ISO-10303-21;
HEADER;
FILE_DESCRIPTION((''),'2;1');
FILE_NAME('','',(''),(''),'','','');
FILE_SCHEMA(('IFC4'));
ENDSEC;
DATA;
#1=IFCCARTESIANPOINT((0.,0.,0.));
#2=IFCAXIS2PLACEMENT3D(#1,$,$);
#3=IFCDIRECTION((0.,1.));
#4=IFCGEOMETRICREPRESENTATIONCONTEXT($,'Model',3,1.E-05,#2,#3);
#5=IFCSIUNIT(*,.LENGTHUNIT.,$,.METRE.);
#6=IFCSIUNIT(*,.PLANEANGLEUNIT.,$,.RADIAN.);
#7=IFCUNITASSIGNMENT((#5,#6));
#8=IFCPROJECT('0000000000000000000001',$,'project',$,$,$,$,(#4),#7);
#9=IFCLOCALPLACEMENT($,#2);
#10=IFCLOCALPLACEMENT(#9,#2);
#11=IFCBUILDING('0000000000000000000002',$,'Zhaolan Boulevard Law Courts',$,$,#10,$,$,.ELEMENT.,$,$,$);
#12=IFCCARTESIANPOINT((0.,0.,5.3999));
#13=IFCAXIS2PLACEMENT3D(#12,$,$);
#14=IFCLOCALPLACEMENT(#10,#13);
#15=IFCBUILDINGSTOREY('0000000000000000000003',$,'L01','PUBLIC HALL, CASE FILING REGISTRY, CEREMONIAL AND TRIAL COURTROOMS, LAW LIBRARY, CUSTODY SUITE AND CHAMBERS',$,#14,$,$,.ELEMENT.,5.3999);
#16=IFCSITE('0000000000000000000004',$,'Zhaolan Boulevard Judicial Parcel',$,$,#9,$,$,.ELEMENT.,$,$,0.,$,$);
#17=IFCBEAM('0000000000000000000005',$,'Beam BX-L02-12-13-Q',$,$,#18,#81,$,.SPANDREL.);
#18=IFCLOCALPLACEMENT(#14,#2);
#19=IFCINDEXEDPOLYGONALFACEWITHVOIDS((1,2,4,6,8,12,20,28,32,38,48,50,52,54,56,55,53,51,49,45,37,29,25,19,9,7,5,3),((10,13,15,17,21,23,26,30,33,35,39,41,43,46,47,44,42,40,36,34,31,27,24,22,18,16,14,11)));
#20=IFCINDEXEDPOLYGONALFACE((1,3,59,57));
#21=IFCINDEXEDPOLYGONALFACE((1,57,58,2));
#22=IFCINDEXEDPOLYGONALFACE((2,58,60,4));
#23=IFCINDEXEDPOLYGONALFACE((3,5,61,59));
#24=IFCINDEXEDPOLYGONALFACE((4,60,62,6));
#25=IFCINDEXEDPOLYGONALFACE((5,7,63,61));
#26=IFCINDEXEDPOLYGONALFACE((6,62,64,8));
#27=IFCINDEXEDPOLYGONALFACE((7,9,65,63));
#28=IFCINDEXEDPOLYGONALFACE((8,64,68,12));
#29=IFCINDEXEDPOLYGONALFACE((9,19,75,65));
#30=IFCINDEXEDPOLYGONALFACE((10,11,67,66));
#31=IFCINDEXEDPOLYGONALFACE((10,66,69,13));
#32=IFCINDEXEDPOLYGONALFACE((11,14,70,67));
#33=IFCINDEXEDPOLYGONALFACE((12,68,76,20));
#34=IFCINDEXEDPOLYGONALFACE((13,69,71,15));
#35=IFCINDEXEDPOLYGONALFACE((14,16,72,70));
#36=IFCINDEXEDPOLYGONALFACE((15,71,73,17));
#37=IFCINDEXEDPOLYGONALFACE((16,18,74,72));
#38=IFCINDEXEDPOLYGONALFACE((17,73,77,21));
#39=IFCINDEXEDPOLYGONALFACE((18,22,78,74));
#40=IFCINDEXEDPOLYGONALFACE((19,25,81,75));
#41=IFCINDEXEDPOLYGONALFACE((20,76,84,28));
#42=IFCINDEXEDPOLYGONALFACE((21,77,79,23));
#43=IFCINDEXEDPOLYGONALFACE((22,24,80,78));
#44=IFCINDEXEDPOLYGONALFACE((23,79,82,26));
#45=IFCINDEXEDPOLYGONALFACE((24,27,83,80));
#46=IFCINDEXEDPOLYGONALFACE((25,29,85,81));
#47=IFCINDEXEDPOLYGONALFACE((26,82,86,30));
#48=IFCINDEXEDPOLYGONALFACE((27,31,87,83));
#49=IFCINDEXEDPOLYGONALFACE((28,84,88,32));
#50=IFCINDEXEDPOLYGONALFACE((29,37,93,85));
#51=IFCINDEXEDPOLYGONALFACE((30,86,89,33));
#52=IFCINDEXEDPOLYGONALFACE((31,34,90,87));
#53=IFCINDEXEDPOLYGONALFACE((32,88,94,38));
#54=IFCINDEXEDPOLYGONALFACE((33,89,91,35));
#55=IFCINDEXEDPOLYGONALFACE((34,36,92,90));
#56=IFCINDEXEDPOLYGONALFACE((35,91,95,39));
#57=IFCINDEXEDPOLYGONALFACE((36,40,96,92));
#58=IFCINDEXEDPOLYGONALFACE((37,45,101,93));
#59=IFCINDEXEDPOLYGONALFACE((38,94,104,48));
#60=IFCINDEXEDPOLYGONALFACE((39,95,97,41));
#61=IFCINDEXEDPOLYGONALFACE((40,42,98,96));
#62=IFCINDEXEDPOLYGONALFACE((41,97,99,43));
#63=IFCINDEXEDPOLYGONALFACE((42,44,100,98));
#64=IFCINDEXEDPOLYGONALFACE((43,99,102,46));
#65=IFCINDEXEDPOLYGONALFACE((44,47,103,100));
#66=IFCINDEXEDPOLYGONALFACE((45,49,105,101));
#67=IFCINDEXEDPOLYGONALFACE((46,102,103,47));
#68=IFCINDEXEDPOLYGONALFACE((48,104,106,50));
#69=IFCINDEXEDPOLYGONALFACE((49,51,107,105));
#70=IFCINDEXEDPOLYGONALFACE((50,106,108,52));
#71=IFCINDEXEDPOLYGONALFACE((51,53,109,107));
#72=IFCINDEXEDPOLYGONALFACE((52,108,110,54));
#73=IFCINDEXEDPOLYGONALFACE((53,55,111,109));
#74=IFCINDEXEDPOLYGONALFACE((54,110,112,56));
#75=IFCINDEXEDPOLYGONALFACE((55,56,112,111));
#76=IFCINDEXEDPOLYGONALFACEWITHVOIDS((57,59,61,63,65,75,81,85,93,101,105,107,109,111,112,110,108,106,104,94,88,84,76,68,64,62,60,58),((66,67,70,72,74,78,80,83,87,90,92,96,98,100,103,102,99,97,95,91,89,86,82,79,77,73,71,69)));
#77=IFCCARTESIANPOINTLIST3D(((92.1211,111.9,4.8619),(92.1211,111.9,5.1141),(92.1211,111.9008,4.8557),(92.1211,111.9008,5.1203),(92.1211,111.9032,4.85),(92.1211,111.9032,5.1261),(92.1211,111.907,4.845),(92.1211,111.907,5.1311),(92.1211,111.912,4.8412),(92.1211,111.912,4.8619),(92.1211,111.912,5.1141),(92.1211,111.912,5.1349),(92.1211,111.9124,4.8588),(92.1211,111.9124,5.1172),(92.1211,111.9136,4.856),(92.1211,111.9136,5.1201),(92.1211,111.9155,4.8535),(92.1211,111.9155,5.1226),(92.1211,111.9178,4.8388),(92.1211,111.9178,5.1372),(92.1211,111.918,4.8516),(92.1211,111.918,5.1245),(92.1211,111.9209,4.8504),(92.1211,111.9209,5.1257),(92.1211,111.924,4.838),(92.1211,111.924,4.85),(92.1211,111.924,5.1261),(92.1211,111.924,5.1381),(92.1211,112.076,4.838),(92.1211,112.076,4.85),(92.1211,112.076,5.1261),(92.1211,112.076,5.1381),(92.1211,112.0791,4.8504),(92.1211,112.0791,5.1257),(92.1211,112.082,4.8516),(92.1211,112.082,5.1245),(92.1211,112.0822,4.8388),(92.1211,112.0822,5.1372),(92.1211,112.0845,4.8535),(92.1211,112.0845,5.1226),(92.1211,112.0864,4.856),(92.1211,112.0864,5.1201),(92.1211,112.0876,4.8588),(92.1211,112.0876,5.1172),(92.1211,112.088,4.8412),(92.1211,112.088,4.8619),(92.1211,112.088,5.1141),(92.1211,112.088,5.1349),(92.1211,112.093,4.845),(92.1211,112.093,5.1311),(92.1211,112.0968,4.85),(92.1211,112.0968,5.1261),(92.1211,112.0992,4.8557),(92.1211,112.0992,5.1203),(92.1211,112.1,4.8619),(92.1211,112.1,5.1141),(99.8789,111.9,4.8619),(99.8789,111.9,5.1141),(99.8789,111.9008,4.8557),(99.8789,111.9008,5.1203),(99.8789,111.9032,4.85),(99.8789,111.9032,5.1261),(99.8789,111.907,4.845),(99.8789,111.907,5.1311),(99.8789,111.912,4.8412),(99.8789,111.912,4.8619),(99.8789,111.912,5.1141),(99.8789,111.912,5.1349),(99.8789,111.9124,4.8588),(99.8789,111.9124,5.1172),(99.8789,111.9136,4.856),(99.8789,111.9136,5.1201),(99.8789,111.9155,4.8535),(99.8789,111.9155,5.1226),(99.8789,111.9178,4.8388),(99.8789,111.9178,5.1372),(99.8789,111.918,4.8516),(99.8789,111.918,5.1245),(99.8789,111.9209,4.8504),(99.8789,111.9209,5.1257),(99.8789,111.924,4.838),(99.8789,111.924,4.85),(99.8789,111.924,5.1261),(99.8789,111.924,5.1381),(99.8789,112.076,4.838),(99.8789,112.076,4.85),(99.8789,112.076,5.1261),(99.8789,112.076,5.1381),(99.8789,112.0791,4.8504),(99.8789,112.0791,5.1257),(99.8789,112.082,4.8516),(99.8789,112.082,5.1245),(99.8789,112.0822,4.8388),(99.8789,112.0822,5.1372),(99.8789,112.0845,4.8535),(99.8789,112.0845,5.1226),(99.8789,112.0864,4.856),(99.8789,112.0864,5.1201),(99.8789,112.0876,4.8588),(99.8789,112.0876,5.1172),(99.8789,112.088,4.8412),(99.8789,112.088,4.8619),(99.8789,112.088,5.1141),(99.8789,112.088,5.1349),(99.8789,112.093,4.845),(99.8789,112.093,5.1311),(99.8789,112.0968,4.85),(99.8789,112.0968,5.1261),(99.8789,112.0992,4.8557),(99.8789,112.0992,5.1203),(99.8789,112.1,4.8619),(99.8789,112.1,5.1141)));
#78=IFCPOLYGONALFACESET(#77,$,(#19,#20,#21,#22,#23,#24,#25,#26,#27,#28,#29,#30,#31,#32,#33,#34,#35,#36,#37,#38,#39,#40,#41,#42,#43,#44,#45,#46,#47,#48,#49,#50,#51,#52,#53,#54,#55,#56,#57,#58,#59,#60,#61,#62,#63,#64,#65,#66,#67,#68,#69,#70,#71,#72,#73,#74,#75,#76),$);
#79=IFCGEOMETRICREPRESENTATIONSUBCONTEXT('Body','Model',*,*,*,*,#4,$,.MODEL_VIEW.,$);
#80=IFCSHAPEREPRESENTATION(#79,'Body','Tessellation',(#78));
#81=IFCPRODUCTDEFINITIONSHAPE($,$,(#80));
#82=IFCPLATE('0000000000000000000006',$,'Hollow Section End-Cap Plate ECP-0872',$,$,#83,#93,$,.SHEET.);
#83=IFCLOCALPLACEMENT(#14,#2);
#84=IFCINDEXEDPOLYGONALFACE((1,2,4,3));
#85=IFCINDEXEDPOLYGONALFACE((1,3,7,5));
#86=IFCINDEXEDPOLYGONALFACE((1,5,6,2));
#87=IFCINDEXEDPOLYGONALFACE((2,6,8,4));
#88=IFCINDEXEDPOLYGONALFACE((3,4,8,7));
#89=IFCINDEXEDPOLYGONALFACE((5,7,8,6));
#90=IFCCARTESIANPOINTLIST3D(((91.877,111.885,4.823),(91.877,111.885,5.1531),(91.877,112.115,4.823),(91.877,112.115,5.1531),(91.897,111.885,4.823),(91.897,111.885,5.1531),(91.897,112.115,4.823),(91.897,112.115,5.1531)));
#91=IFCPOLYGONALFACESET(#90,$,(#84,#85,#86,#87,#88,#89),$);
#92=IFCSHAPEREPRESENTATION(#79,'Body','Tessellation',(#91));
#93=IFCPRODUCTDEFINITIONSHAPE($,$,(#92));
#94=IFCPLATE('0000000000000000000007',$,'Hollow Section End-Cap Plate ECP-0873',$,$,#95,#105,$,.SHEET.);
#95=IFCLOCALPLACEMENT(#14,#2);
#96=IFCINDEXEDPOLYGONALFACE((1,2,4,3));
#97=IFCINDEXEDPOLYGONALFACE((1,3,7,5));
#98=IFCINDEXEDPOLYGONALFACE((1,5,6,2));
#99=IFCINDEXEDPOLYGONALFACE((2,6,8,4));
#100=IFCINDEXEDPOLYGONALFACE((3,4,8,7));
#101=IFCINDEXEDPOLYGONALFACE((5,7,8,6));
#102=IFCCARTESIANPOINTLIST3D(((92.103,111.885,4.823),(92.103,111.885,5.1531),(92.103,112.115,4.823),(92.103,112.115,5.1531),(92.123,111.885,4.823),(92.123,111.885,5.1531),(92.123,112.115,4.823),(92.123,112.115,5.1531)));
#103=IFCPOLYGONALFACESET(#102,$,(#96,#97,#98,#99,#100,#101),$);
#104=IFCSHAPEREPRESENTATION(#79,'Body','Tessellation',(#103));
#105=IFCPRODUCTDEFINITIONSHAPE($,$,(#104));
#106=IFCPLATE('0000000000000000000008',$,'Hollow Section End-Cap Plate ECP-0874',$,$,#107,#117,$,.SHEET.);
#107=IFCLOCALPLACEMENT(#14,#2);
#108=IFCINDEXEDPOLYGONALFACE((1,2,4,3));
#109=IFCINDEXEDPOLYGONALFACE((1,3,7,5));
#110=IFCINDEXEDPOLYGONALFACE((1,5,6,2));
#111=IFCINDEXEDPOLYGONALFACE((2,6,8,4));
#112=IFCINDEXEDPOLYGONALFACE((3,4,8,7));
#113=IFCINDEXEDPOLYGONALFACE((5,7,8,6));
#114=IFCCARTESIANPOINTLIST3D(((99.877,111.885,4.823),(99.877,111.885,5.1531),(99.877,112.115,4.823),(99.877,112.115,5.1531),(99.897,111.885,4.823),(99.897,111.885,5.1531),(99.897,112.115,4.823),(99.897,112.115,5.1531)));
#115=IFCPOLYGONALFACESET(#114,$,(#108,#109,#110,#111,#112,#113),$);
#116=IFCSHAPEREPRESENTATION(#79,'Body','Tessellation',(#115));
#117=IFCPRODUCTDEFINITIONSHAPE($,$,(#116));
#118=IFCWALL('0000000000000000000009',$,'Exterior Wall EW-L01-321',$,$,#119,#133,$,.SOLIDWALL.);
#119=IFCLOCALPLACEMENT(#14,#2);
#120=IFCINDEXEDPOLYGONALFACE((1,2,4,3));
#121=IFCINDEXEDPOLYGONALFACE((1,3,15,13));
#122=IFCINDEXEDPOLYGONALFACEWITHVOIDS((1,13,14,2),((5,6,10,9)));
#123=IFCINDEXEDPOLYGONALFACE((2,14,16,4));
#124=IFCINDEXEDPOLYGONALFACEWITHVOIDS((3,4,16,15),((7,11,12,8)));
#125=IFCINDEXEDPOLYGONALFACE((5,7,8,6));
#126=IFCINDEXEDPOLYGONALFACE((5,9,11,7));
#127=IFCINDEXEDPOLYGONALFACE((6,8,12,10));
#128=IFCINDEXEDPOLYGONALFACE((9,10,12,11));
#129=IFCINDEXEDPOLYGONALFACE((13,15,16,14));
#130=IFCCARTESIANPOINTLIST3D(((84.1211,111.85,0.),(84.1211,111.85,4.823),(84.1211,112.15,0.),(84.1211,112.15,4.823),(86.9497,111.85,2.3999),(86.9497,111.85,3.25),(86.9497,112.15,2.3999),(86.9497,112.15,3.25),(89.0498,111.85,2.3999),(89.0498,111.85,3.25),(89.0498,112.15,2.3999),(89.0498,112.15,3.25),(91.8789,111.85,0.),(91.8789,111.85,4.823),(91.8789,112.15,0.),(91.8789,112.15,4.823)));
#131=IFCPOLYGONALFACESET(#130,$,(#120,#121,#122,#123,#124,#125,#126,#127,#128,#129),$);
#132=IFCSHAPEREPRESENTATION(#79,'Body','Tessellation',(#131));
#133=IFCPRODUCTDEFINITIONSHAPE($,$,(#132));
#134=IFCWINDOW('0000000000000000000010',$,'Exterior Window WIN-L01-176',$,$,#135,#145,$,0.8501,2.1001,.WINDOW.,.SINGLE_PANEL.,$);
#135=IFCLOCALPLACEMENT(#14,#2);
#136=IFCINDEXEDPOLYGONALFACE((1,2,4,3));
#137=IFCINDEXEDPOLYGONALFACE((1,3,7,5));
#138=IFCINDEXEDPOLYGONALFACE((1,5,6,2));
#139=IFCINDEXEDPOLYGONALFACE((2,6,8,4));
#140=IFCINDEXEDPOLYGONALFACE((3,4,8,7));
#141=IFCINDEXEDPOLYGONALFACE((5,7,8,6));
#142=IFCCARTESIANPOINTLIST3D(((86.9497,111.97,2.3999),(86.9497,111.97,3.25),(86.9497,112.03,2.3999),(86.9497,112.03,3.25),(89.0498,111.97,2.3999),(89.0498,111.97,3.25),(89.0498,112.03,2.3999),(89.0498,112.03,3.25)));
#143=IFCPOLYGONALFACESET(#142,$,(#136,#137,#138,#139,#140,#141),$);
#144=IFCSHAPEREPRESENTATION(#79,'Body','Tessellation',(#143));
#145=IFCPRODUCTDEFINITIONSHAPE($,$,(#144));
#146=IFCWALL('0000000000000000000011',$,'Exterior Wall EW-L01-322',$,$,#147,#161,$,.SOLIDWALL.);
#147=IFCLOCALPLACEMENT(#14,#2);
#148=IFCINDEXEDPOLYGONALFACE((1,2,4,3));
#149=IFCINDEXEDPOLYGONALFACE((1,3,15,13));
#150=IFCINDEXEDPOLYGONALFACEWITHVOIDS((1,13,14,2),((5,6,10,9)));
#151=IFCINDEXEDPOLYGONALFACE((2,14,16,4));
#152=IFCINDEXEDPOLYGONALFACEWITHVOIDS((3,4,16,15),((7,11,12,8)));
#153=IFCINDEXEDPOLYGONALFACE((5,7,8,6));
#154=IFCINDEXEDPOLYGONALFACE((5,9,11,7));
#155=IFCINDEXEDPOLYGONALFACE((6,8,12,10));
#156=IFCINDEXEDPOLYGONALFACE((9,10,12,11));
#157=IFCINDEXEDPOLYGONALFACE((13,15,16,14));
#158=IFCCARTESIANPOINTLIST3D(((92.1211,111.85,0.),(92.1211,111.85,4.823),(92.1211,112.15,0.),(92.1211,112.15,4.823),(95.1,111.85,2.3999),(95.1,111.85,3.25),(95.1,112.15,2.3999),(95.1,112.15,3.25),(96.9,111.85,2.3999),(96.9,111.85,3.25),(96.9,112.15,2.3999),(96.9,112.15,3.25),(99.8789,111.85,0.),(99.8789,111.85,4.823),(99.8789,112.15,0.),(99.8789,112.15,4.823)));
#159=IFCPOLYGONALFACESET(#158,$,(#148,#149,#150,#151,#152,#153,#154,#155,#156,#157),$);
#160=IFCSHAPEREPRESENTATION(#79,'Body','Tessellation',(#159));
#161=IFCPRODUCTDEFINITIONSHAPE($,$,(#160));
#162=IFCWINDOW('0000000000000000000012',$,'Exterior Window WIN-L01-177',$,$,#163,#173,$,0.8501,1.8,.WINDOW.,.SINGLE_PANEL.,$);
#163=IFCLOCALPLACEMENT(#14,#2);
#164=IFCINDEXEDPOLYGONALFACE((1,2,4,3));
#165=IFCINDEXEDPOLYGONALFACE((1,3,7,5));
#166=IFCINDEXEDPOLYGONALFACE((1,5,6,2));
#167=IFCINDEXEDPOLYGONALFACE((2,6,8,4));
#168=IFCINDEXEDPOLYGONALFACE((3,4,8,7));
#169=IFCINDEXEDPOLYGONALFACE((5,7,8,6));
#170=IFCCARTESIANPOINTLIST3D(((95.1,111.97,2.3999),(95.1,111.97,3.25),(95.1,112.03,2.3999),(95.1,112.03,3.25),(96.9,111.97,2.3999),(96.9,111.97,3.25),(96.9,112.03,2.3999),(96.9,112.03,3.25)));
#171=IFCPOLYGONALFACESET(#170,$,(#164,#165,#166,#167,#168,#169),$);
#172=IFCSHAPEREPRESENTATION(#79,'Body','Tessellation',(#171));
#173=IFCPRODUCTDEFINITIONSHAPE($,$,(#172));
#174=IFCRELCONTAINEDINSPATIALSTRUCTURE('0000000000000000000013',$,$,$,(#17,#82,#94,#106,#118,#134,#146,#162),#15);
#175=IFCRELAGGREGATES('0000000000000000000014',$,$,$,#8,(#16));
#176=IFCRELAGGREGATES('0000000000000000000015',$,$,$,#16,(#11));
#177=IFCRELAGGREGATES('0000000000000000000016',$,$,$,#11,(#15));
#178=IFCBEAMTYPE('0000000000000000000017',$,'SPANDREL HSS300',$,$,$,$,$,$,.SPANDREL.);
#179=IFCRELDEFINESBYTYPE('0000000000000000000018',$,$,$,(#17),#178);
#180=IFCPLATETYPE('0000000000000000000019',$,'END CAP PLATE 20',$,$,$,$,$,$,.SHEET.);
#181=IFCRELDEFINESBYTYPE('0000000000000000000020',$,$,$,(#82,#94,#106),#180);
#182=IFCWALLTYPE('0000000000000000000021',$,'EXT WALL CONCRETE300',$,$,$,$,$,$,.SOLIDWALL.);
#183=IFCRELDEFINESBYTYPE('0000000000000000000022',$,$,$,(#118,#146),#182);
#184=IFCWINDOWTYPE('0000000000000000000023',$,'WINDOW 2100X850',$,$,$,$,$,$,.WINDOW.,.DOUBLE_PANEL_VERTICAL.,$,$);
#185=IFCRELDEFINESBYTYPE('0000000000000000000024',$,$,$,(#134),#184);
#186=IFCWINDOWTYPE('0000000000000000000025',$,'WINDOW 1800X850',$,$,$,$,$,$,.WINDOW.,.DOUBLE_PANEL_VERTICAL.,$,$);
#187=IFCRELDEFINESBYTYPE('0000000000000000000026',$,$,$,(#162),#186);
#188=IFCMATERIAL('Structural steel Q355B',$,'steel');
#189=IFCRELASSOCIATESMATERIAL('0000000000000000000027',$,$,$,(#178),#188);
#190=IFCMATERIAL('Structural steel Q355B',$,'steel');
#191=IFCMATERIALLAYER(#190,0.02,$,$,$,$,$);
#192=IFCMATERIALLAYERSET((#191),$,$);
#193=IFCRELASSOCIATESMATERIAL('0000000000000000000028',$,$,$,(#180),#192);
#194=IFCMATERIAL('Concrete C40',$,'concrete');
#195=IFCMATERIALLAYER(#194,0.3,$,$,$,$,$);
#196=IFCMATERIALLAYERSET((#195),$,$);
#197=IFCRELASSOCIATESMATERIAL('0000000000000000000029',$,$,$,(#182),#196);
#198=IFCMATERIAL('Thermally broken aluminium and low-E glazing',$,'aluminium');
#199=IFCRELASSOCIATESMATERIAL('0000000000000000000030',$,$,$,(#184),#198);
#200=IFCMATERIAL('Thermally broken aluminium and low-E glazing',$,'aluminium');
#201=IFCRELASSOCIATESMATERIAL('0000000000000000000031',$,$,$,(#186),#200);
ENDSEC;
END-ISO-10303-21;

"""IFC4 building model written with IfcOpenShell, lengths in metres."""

from ifc_helpers import new_model, si_unit, direction, frame, frame_2d, origin, origin_2d, place, context, subcontext, project, spatial, rectangle, hollow_rectangle, extrude, material, layer, layer_set, material_profile, profile_set, type_object, element, fill, save


model = new_model("IFC4")

# Units and contexts
model_context = context("Model", 3, precision=1e-05, world=origin(), true_north=direction((0.0, 1.0)))
body_context = subcontext(model_context, "Body", "Model", "MODEL_VIEW")
ifc_project = project(units=[si_unit("LENGTHUNIT", "METRE"), si_unit("PLANEANGLEUNIT", "RADIAN")], contexts=[model_context])

# Site, building, storey
site_placement = place(None, origin())
site = spatial("IfcSite", under=ifc_project, at=site_placement, Name="Zhaolan Boulevard Judicial Parcel", CompositionType="ELEMENT", RefElevation=0.0)
building_placement = place(site_placement, origin())
building = spatial("IfcBuilding", under=site, at=building_placement, Name="Zhaolan Boulevard Law Courts", CompositionType="ELEMENT")
storey_placement = place(building_placement, frame((0.0, 0.0, 5.3999)))
storey = spatial("IfcBuildingStorey", under=building, at=storey_placement, Name="L01", Description="PUBLIC HALL, CASE FILING REGISTRY, CEREMONIAL AND TRIAL COURTROOMS, LAW LIBRARY, CUSTODY SUITE AND CHAMBERS", CompositionType="ELEMENT", Elevation=5.3999)

# Beam
ifc_material_1 = material(Name="Structural steel Q355B", Category="steel")
ifc_material_profile_1 = material_profile(ifc_material_1, hollow_rectangle(XDim=0.2, YDim=0.3, WallThickness=0.012, InnerFilletRadius=0.012, OuterFilletRadius=0.0239, at=origin_2d()), Name="HSS300x200x12")
ifc_profile_set_1 = profile_set([ifc_material_profile_1], Name="Structural steel Q355B")
beam_type_1 = type_object("IfcBeamType", Name="SPANDREL HSS300", PredefinedType="SPANDREL", material=ifc_profile_set_1)
beam_1_placement = place(storey_placement, frame((92.1211, 112.0, 4.988), z_axis=(1.0, 0.0, 0.0), x_axis=(0.0, 1.0, 0.0)))
element("IfcBeam", 1, at=beam_1_placement, inside=storey, type_object=beam_type_1, Name="Beam BX-L02-12-13-Q", PredefinedType="SPANDREL", context=body_context, shape_type="SweptSolid", body=[
    extrude(hollow_rectangle(XDim=0.2, YDim=0.3, WallThickness=0.012, InnerFilletRadius=0.012, OuterFilletRadius=0.0239, at=origin_2d()), origin(), (0.0, 0.0, 1.0), 7.7578),
])

# Plates
ifc_material_2 = material(Name="Structural steel Q355B", Category="steel")
ifc_layer_1 = layer(ifc_material_2, 0.02)
ifc_layer_set_1 = layer_set([ifc_layer_1])
plate_type = type_object("IfcPlateType", Name="END CAP PLATE 20", PredefinedType="SHEET", material=ifc_layer_set_1)
for number, where, z_axis, x_axis, name in (
    (2, (91.887, 112.0, 4.823), (0.0, 0.0, 1.0), (1.0, 0.0, 0.0), "Hollow Section End-Cap Plate ECP-0872"),
    (3, (92.113, 112.0, 4.823), (0.0, 0.0, 1.0), (1.0, 0.0, 0.0), "Hollow Section End-Cap Plate ECP-0873"),
    (4, (99.887, 112.0, 4.823), (0.0, 0.0, 1.0), (1.0, 0.0, 0.0), "Hollow Section End-Cap Plate ECP-0874"),
):
    element("IfcPlate", number, at=place(storey_placement, frame(where, z_axis=z_axis, x_axis=x_axis)), inside=storey, type_object=plate_type, Name=name, PredefinedType="SHEET", context=body_context, shape_type="SweptSolid", body=[
        extrude(rectangle(XDim=0.02, YDim=0.23, at=origin_2d()), origin(), (0.0, 0.0, 1.0), 0.3301),
    ])

# Walls, openings, windows
ifc_material_3 = material(Name="Concrete C40", Category="concrete")
ifc_layer_2 = layer(ifc_material_3, 0.3)
ifc_layer_set_2 = layer_set([ifc_layer_2])
wall_type_1 = type_object("IfcWallType", Name="EXT WALL CONCRETE300", PredefinedType="SOLIDWALL", material=ifc_layer_set_2)
wall_1_placement = place(storey_placement, frame((91.8789, 112.0, 0.0), z_axis=(0.0, 0.0, 1.0), x_axis=(-1.0, 0.0, 0.0)))
wall_1 = element("IfcWall", 5, at=wall_1_placement, inside=storey, type_object=wall_type_1, Name="Exterior Wall EW-L01-321", PredefinedType="SOLIDWALL", context=body_context, shape_type="SweptSolid", body=[
    extrude(rectangle(XDim=7.7578, YDim=0.3, at=frame_2d((3.8789, 0.0))), origin(), (0.0, 0.0, 1.0), 4.823),
])
opening_1_placement = place(wall_1_placement, frame((2.8291, 0.0, 2.3999)))
opening_1 = element("IfcOpeningElement", 6, at=opening_1_placement, cuts=wall_1, PredefinedType="OPENING", context=body_context, shape_type="SweptSolid", body=[
    extrude(rectangle(XDim=2.1001, YDim=0.8501, at=frame_2d((1.05, 0.425))), frame((0.0, 0.1599, 0.0), z_axis=(0.0, -1.0, 0.0), x_axis=(1.0, 0.0, 0.0)), (0.0, 0.0, 1.0), 0.3201),
])
ifc_material_4 = material(Name="Thermally broken aluminium and low-E glazing", Category="aluminium")
window_type_1 = type_object("IfcWindowType", Name="WINDOW 2100X850", PartitioningType="DOUBLE_PANEL_VERTICAL", PredefinedType="WINDOW", material=ifc_material_4)
window_1_placement = place(opening_1_placement, origin())
window_1 = element("IfcWindow", 7, at=window_1_placement, inside=storey, type_object=window_type_1, Name="Exterior Window WIN-L01-176", OverallHeight=0.8501, OverallWidth=2.1001, PartitioningType="SINGLE_PANEL", PredefinedType="WINDOW", context=body_context, shape_type="SweptSolid", body=[
    extrude(rectangle(XDim=2.1001, YDim=0.8501, at=frame_2d((1.05, 0.425))), frame((0.0, 0.03, 0.0), z_axis=(0.0, -1.0, 0.0), x_axis=(1.0, 0.0, 0.0)), (0.0, 0.0, 1.0), 0.0601),
])
fill(opening_1, window_1)
wall_2_placement = place(storey_placement, frame((99.8789, 112.0, 0.0), z_axis=(0.0, 0.0, 1.0), x_axis=(-1.0, 0.0, 0.0)))
wall_2 = element("IfcWall", 8, at=wall_2_placement, inside=storey, type_object=wall_type_1, Name="Exterior Wall EW-L01-322", PredefinedType="SOLIDWALL", context=body_context, shape_type="SweptSolid", body=[
    extrude(rectangle(XDim=7.7578, YDim=0.3, at=frame_2d((3.8789, 0.0))), origin(), (0.0, 0.0, 1.0), 4.823),
])
opening_2_placement = place(wall_2_placement, frame((2.979, 0.0, 2.3999)))
opening_2 = element("IfcOpeningElement", 9, at=opening_2_placement, cuts=wall_2, PredefinedType="OPENING", context=body_context, shape_type="SweptSolid", body=[
    extrude(rectangle(XDim=1.8, YDim=0.8501, at=frame_2d((0.8999, 0.425))), frame((0.0, 0.1599, 0.0), z_axis=(0.0, -1.0, 0.0), x_axis=(1.0, 0.0, 0.0)), (0.0, 0.0, 1.0), 0.3201),
])
ifc_material_5 = material(Name="Thermally broken aluminium and low-E glazing", Category="aluminium")
window_type_2 = type_object("IfcWindowType", Name="WINDOW 1800X850", PartitioningType="DOUBLE_PANEL_VERTICAL", PredefinedType="WINDOW", material=ifc_material_5)
window_2_placement = place(opening_2_placement, origin())
window_2 = element("IfcWindow", 10, at=window_2_placement, inside=storey, type_object=window_type_2, Name="Exterior Window WIN-L01-177", OverallHeight=0.8501, OverallWidth=1.8, PartitioningType="SINGLE_PANEL", PredefinedType="WINDOW", context=body_context, shape_type="SweptSolid", body=[
    extrude(rectangle(XDim=1.8, YDim=0.8501, at=frame_2d((0.8999, 0.425))), frame((0.0, 0.03, 0.0), z_axis=(0.0, -1.0, 0.0), x_axis=(1.0, 0.0, 0.0)), (0.0, 0.0, 1.0), 0.0601),
])
fill(opening_2, window_2)

save(model, "model.ifc")
